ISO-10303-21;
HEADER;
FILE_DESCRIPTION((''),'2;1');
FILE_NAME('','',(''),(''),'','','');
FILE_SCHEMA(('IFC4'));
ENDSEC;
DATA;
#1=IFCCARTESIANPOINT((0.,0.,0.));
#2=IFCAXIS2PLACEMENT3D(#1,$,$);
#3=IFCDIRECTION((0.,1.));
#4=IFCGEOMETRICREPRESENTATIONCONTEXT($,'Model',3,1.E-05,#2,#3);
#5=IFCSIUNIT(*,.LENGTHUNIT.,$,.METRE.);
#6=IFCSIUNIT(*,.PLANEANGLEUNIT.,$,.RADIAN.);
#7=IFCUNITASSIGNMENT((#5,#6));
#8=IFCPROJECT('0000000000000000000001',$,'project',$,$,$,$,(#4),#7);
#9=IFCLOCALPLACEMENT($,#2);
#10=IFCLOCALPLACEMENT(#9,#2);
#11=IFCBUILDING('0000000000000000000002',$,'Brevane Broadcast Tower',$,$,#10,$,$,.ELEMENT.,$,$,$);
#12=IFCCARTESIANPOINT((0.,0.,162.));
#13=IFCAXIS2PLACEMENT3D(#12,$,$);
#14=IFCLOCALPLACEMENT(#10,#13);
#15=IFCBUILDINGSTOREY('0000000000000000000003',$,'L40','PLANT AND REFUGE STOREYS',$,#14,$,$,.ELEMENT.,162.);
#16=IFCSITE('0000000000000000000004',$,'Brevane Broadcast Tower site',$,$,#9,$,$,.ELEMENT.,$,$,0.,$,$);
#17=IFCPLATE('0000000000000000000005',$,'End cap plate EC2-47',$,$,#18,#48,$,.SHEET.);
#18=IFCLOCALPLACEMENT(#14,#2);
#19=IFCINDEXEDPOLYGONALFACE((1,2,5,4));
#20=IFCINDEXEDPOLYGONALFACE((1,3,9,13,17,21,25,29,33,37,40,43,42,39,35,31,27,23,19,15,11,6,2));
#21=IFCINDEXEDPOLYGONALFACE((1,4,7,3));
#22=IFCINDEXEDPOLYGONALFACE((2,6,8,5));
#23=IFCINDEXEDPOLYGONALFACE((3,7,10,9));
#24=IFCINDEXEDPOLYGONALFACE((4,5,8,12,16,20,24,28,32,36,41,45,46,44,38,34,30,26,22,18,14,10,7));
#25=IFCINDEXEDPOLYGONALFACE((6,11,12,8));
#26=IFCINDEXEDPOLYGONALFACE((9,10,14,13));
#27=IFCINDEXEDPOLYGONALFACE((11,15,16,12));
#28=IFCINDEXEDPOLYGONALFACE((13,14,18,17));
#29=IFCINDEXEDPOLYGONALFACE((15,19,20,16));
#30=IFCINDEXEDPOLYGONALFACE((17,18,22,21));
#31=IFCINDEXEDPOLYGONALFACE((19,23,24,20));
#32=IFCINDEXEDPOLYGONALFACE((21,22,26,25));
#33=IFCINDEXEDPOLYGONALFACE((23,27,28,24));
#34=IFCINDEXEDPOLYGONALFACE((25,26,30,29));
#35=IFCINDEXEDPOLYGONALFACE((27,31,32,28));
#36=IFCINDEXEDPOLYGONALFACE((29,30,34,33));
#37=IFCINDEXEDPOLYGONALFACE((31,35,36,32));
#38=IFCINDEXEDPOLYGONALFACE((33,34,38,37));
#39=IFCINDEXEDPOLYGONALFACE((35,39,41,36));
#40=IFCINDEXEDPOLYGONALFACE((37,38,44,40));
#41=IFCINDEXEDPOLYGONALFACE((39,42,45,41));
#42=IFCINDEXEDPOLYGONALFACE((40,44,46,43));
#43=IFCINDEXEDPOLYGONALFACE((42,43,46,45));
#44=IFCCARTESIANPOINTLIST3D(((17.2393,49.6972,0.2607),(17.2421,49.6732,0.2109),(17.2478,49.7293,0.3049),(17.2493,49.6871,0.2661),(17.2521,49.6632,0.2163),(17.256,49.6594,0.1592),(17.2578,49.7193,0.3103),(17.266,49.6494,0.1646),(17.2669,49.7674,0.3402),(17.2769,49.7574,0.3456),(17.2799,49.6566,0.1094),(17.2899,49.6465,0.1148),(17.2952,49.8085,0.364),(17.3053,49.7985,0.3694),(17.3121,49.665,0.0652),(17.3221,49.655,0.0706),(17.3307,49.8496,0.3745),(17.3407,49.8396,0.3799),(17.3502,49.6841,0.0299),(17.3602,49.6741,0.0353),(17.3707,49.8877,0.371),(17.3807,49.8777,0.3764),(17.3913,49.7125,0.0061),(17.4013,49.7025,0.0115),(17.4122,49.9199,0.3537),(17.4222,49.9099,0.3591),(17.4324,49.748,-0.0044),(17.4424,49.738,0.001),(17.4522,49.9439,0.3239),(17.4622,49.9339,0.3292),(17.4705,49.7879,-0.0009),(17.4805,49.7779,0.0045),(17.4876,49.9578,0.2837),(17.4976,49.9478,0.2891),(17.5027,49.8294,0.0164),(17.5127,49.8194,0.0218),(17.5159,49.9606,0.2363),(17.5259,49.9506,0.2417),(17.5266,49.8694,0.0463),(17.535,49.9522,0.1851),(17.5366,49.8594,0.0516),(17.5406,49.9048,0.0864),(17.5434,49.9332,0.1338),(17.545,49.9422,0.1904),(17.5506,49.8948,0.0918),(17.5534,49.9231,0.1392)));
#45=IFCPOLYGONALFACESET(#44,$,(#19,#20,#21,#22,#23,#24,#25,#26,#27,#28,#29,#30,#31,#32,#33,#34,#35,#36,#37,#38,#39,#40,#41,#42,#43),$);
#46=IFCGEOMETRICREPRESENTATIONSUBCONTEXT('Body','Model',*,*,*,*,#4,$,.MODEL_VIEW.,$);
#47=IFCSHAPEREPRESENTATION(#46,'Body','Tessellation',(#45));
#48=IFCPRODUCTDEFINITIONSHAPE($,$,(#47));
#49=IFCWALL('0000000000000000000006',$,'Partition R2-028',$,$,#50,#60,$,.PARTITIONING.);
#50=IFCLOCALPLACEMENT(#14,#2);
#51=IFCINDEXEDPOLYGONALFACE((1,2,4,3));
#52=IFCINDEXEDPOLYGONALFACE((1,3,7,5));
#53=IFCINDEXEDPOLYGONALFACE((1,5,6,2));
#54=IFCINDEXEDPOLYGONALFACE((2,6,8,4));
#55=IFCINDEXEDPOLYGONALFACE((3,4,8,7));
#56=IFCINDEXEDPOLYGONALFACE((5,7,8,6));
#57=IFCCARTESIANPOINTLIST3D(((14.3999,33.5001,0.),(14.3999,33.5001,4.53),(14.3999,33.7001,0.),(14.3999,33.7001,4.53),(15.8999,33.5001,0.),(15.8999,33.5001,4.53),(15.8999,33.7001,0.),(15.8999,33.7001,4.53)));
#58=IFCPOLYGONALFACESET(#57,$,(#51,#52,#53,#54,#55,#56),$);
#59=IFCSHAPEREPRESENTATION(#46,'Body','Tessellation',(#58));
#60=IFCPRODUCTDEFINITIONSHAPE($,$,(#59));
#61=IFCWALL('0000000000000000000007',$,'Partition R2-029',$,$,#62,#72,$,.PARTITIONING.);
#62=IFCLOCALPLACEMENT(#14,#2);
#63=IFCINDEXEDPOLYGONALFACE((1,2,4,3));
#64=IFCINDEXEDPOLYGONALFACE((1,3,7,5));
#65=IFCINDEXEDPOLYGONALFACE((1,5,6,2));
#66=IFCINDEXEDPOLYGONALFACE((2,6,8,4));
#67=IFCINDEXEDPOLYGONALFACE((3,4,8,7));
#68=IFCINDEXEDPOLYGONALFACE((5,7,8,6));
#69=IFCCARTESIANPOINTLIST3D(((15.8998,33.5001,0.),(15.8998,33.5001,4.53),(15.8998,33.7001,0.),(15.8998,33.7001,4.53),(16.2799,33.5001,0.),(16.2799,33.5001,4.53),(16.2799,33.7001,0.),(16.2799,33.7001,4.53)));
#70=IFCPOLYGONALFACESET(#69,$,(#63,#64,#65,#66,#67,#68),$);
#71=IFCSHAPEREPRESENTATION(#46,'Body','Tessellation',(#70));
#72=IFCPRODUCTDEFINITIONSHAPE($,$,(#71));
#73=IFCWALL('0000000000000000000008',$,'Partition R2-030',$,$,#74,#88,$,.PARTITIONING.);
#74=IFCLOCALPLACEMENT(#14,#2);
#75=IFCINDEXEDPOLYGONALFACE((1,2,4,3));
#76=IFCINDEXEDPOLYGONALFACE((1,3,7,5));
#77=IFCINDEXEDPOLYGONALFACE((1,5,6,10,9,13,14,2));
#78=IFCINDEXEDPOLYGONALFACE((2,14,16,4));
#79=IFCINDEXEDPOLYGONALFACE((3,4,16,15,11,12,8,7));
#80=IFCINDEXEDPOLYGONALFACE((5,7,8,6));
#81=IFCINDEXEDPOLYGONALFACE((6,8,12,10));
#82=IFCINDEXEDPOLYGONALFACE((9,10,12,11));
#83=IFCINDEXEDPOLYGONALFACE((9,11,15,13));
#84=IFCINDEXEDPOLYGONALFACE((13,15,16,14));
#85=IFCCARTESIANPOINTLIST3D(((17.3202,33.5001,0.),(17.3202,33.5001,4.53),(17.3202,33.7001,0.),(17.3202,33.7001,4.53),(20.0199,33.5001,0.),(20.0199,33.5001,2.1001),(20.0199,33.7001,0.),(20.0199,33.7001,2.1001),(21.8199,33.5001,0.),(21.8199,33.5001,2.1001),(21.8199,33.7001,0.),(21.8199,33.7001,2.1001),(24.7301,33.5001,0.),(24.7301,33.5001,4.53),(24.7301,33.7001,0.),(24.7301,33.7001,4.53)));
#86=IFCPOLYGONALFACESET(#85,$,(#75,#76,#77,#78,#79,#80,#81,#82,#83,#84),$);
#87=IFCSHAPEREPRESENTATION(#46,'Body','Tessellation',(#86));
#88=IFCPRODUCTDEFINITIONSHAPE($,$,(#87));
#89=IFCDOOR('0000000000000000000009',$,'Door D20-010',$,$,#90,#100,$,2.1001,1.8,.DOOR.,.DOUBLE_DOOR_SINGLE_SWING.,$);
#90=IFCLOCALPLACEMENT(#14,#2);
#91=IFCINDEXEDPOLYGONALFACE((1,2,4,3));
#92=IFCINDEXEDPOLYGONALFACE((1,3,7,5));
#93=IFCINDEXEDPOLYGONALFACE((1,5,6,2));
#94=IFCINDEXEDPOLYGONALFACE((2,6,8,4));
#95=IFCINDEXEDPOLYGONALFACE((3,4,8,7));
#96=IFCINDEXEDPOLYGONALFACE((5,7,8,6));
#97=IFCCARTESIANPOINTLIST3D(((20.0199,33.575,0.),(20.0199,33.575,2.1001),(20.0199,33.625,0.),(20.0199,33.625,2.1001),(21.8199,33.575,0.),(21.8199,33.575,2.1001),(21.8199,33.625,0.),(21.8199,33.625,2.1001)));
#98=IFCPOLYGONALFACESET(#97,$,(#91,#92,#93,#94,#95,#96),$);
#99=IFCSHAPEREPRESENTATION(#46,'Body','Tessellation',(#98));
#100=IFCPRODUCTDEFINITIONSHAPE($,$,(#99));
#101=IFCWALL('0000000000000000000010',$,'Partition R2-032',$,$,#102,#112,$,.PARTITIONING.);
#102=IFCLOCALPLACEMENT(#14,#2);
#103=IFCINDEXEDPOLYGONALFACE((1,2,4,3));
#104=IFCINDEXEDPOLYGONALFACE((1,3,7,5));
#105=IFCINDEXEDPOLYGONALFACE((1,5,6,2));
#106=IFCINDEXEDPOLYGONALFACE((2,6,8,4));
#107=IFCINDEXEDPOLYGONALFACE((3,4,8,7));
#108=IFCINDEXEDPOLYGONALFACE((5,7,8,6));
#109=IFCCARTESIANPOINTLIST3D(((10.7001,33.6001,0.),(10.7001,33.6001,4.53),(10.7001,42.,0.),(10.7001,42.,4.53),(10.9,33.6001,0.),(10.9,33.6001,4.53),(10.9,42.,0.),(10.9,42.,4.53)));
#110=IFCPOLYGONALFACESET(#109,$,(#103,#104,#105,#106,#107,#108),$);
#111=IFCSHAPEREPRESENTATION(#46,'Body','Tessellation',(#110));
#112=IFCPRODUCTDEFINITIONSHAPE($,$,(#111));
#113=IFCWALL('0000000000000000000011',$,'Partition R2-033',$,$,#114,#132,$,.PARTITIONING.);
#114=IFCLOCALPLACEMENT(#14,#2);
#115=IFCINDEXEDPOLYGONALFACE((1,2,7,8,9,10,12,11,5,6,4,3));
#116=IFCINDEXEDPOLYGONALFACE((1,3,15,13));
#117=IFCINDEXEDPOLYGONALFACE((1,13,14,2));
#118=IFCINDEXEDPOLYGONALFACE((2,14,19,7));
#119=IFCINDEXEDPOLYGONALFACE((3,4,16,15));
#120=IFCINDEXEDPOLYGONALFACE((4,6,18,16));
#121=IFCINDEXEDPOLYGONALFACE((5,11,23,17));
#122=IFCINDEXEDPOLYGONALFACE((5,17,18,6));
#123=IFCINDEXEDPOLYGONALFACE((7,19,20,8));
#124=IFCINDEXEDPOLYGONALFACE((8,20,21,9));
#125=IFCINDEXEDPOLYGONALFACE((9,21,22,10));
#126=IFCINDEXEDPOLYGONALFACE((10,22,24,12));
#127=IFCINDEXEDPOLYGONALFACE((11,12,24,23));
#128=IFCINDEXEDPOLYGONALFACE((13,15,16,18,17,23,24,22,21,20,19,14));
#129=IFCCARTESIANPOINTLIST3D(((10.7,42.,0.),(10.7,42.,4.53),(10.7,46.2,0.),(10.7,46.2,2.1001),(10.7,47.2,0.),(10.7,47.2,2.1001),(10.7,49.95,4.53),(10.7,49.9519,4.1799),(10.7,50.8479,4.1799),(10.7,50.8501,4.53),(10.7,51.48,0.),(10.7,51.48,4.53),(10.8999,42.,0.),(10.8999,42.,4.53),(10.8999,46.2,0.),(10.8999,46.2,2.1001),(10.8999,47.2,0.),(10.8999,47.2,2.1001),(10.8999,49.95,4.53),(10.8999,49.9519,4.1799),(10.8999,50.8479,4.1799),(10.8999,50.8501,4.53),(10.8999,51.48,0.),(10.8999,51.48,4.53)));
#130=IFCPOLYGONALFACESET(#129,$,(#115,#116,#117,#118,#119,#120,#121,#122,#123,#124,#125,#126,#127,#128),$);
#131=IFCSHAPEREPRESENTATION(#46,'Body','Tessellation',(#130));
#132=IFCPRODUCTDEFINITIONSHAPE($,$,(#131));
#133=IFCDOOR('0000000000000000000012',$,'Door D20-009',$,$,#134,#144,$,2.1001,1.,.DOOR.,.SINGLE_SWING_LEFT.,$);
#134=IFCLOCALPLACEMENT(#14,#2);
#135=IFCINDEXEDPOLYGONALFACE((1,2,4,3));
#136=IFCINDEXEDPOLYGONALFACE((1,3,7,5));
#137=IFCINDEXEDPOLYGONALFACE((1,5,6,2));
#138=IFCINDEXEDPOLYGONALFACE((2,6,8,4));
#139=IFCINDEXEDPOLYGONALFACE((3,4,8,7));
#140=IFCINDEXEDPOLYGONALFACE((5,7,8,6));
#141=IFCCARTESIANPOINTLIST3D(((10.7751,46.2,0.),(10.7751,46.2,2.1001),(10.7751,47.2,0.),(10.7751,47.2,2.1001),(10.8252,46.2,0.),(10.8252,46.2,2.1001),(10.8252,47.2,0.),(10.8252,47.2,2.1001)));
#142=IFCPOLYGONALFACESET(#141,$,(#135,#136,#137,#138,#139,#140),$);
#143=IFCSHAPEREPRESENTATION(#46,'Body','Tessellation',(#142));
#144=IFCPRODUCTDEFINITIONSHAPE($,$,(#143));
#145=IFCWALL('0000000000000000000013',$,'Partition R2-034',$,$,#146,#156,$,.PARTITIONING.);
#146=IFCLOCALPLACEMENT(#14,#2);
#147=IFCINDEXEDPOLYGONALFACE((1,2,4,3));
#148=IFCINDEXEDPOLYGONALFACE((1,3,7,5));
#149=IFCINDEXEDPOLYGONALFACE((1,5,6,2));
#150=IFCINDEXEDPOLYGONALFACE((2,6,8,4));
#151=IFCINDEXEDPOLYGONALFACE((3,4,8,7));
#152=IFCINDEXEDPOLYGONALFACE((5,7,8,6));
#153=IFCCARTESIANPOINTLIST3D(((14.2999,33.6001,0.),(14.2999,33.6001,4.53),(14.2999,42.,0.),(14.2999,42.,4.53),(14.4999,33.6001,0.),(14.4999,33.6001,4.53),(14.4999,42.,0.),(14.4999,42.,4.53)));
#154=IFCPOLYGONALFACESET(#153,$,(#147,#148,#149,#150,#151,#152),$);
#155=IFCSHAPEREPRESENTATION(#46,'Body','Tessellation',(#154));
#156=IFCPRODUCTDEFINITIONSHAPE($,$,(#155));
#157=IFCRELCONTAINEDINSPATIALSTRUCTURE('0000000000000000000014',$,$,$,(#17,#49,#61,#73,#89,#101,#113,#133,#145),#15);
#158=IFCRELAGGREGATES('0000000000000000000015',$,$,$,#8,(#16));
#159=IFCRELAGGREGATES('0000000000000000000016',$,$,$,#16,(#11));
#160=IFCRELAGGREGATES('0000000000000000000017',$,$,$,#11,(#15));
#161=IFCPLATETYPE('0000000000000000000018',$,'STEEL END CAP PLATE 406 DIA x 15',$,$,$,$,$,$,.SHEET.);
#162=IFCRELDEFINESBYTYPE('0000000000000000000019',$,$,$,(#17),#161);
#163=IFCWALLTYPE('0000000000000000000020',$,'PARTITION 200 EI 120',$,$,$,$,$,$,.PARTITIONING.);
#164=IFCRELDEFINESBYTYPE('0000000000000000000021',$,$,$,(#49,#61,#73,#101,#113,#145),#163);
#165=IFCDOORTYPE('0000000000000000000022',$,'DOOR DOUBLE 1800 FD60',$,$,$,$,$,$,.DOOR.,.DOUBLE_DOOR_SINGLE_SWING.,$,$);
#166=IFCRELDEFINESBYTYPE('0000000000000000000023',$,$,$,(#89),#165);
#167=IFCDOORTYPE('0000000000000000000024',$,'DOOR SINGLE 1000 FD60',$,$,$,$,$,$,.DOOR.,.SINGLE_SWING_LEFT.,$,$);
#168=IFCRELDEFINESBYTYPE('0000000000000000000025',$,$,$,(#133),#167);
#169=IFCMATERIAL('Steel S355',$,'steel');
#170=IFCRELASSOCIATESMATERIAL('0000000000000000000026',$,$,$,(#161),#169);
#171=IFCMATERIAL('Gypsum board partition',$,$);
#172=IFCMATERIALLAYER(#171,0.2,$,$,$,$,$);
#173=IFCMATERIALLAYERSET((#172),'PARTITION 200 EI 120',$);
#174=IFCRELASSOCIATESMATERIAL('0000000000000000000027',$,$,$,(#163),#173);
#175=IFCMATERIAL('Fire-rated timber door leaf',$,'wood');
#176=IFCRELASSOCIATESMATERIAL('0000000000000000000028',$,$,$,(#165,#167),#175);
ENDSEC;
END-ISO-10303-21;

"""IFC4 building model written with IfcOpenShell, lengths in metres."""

from ifc_helpers import new_model, si_unit, direction, frame, frame_2d, origin, origin_2d, place, context, subcontext, project, spatial, polyline, rectangle, circle, outline, extrude, material, layer, layer_set, material_profile, profile_set, type_object, element, fill, save


model = new_model("IFC4")

# Units and contexts
model_context = context("Model", 3, precision=1e-05, world=origin(), true_north=direction((0.0, 1.0)))
body_context = subcontext(model_context, "Body", "Model", "MODEL_VIEW")
ifc_project = project(units=[si_unit("LENGTHUNIT", "METRE"), si_unit("PLANEANGLEUNIT", "RADIAN")], contexts=[model_context])

# Site, building, storey
site_placement = place(None, origin())
site = spatial("IfcSite", under=ifc_project, at=site_placement, Name="Brevane Broadcast Tower site", CompositionType="ELEMENT", RefElevation=0.0)
building_placement = place(site_placement, origin())
building = spatial("IfcBuilding", under=site, at=building_placement, Name="Brevane Broadcast Tower", CompositionType="ELEMENT")
storey_placement = place(building_placement, frame((0.0, 0.0, 162.0)))
storey = spatial("IfcBuildingStorey", under=building, at=storey_placement, Name="L40", Description="PLANT AND REFUGE STOREYS", CompositionType="ELEMENT", Elevation=162.0)

# Shared definitions
ifc_material_1 = material(Name="Steel S355", Category="steel")

# Plate
ifc_material_profile_1 = material_profile(ifc_material_1, circle(Radius=0.2031, at=origin_2d()), Name="PL 406 DIA x 15")
ifc_profile_set_1 = profile_set([ifc_material_profile_1], Name="Steel S355")
plate_type = type_object("IfcPlateType", Name="STEEL END CAP PLATE 406 DIA x 15", PredefinedType="SHEET", material=ifc_profile_set_1)
plate_placement = place(storey_placement, frame((17.3914, 49.8086, 0.1851), z_axis=(0.661118, -0.661118, 0.354746), x_axis=(0.707107, 0.707107, 0.0)))
element("IfcPlate", 1, at=plate_placement, inside=storey, type_object=plate_type, Name="End cap plate EC2-47", PredefinedType="SHEET", context=body_context, shape_type="SweptSolid", body=[
    extrude(circle(Radius=0.2031, at=origin_2d()), origin(), (0.0, 0.0, 1.0), 0.0151),
])

# Walls
ifc_material_2 = material(Name="Gypsum board partition")
ifc_layer_1 = layer(ifc_material_2, 0.2)
ifc_layer_set_1 = layer_set([ifc_layer_1], Name="PARTITION 200 EI 120")
wall_type_1 = type_object("IfcWallType", Name="PARTITION 200 EI 120", PredefinedType="PARTITIONING", material=ifc_layer_set_1)
wall_1_placement = place(storey_placement, frame((14.3999, 33.6001, 0.0), z_axis=(0.0, 0.0, 1.0), x_axis=(1.0, 0.0, 0.0)))
element("IfcWall", 2, at=wall_1_placement, inside=storey, type_object=wall_type_1, Name="Partition R2-028", PredefinedType="PARTITIONING", context=body_context, shape_type="SweptSolid", body=[
    extrude(rectangle(XDim=1.5, YDim=0.2, at=frame_2d((0.75, 0.0))), origin(), (0.0, 0.0, 1.0), 4.53),
])
wall_2_placement = place(storey_placement, frame((15.8999, 33.6001, 0.0), z_axis=(0.0, 0.0, 1.0), x_axis=(1.0, 0.0, 0.0)))
element("IfcWall", 3, at=wall_2_placement, inside=storey, type_object=wall_type_1, Name="Partition R2-029", PredefinedType="PARTITIONING", context=body_context, shape_type="SweptSolid", body=[
    extrude(rectangle(XDim=0.3801, YDim=0.2, at=frame_2d((0.1899, 0.0))), origin(), (0.0, 0.0, 1.0), 4.53),
])

# Wall, opening, door
wall_3_placement = place(storey_placement, frame((17.3201, 33.6001, 0.0), z_axis=(0.0, 0.0, 1.0), x_axis=(1.0, 0.0, 0.0)))
wall_3 = element("IfcWall", 4, at=wall_3_placement, inside=storey, type_object=wall_type_1, Name="Partition R2-030", PredefinedType="PARTITIONING", context=body_context, shape_type="SweptSolid", body=[
    extrude(rectangle(XDim=7.4099, YDim=0.2, at=frame_2d((3.7051, 0.0))), origin(), (0.0, 0.0, 1.0), 4.53),
])
opening_1_placement = place(wall_3_placement, frame((2.7, 0.0, 0.0)))
opening_1 = element("IfcOpeningElement", 5, at=opening_1_placement, cuts=wall_3, PredefinedType="OPENING", context=body_context, shape_type="SweptSolid", body=[
    extrude(rectangle(XDim=1.8, YDim=2.1001, at=frame_2d((0.8999, 1.05))), frame((0.0, 0.1099, 0.0), z_axis=(0.0, -1.0, 0.0), x_axis=(1.0, 0.0, 0.0)), (0.0, 0.0, 1.0), 0.22),
])
ifc_material_3 = material(Name="Fire-rated timber door leaf", Category="wood")
door_type_1 = type_object("IfcDoorType", Name="DOOR DOUBLE 1800 FD60", OperationType="DOUBLE_DOOR_SINGLE_SWING", PredefinedType="DOOR", material=ifc_material_3)
door_1_placement = place(opening_1_placement, origin())
door_1 = element("IfcDoor", 6, at=door_1_placement, inside=storey, type_object=door_type_1, Name="Door D20-010", OperationType="DOUBLE_DOOR_SINGLE_SWING", OverallHeight=2.1001, OverallWidth=1.8, PredefinedType="DOOR", context=body_context, shape_type="SweptSolid", body=[
    extrude(rectangle(XDim=1.8, YDim=2.1001, at=frame_2d((0.8999, 1.05))), frame((0.0, 0.0249, 0.0), z_axis=(0.0, -1.0, 0.0), x_axis=(1.0, 0.0, 0.0)), (0.0, 0.0, 1.0), 0.05),
])
fill(opening_1, door_1)

# Wall
wall_4_placement = place(storey_placement, frame((10.8, 33.6001, 0.0), z_axis=(0.0, 0.0, 1.0), x_axis=(0.0, 1.0, 0.0)))
element("IfcWall", 7, at=wall_4_placement, inside=storey, type_object=wall_type_1, Name="Partition R2-032", PredefinedType="PARTITIONING", context=body_context, shape_type="SweptSolid", body=[
    extrude(rectangle(XDim=8.3999, YDim=0.2, at=frame_2d((4.2, 0.0))), origin(), (0.0, 0.0, 1.0), 4.53),
])

# Wall, opening, door
wall_5_placement = place(storey_placement, frame((10.8, 42.0, 0.0), z_axis=(0.0, 0.0, 1.0), x_axis=(0.0, 1.0, 0.0)))
wall_5 = element("IfcWall", 8, at=wall_5_placement, inside=storey, type_object=wall_type_1, Name="Partition R2-033", PredefinedType="PARTITIONING", context=body_context, shape_type="SweptSolid", body=[
    extrude(outline(polyline([(0.0, 0.0), (9.48, 0.0), (9.48, 4.53), (8.8501, 4.53), (8.8479, 4.1799), (7.9519, 4.1799), (7.95, 4.53), (0.0, 4.53), (0.0, 0.0)])), frame((0.0, 0.1001, 0.0), z_axis=(0.0, -1.0, 0.0), x_axis=(1.0, 0.0, 0.0)), (0.0, 0.0, 1.0), 0.2),
])
opening_2_placement = place(wall_5_placement, frame((4.2, 0.0, 0.0)))
opening_2 = element("IfcOpeningElement", 9, at=opening_2_placement, cuts=wall_5, PredefinedType="OPENING", context=body_context, shape_type="SweptSolid", body=[
    extrude(rectangle(XDim=1.0, YDim=2.1001, at=frame_2d((0.5, 1.05))), frame((0.0, 0.1099, 0.0), z_axis=(0.0, -1.0, 0.0), x_axis=(1.0, 0.0, 0.0)), (0.0, 0.0, 1.0), 0.22),
])
door_type_2 = type_object("IfcDoorType", Name="DOOR SINGLE 1000 FD60", OperationType="SINGLE_SWING_LEFT", PredefinedType="DOOR", material=ifc_material_3)
door_2_placement = place(opening_2_placement, origin())
door_2 = element("IfcDoor", 10, at=door_2_placement, inside=storey, type_object=door_type_2, Name="Door D20-009", OperationType="SINGLE_SWING_LEFT", OverallHeight=2.1001, OverallWidth=1.0, PredefinedType="DOOR", context=body_context, shape_type="SweptSolid", body=[
    extrude(rectangle(XDim=1.0, YDim=2.1001, at=frame_2d((0.5, 1.05))), frame((0.0, 0.0249, 0.0), z_axis=(0.0, -1.0, 0.0), x_axis=(1.0, 0.0, 0.0)), (0.0, 0.0, 1.0), 0.05),
])
fill(opening_2, door_2)

# Wall
wall_6_placement = place(storey_placement, frame((14.3999, 42.0, 0.0), z_axis=(0.0, 0.0, 1.0), x_axis=(0.0, -1.0, 0.0)))
element("IfcWall", 11, at=wall_6_placement, inside=storey, type_object=wall_type_1, Name="Partition R2-034", PredefinedType="PARTITIONING", context=body_context, shape_type="SweptSolid", body=[
    extrude(rectangle(XDim=8.3999, YDim=0.2, at=frame_2d((4.2, 0.0))), origin(), (0.0, 0.0, 1.0), 4.53),
])

save(model, "model.ifc")
